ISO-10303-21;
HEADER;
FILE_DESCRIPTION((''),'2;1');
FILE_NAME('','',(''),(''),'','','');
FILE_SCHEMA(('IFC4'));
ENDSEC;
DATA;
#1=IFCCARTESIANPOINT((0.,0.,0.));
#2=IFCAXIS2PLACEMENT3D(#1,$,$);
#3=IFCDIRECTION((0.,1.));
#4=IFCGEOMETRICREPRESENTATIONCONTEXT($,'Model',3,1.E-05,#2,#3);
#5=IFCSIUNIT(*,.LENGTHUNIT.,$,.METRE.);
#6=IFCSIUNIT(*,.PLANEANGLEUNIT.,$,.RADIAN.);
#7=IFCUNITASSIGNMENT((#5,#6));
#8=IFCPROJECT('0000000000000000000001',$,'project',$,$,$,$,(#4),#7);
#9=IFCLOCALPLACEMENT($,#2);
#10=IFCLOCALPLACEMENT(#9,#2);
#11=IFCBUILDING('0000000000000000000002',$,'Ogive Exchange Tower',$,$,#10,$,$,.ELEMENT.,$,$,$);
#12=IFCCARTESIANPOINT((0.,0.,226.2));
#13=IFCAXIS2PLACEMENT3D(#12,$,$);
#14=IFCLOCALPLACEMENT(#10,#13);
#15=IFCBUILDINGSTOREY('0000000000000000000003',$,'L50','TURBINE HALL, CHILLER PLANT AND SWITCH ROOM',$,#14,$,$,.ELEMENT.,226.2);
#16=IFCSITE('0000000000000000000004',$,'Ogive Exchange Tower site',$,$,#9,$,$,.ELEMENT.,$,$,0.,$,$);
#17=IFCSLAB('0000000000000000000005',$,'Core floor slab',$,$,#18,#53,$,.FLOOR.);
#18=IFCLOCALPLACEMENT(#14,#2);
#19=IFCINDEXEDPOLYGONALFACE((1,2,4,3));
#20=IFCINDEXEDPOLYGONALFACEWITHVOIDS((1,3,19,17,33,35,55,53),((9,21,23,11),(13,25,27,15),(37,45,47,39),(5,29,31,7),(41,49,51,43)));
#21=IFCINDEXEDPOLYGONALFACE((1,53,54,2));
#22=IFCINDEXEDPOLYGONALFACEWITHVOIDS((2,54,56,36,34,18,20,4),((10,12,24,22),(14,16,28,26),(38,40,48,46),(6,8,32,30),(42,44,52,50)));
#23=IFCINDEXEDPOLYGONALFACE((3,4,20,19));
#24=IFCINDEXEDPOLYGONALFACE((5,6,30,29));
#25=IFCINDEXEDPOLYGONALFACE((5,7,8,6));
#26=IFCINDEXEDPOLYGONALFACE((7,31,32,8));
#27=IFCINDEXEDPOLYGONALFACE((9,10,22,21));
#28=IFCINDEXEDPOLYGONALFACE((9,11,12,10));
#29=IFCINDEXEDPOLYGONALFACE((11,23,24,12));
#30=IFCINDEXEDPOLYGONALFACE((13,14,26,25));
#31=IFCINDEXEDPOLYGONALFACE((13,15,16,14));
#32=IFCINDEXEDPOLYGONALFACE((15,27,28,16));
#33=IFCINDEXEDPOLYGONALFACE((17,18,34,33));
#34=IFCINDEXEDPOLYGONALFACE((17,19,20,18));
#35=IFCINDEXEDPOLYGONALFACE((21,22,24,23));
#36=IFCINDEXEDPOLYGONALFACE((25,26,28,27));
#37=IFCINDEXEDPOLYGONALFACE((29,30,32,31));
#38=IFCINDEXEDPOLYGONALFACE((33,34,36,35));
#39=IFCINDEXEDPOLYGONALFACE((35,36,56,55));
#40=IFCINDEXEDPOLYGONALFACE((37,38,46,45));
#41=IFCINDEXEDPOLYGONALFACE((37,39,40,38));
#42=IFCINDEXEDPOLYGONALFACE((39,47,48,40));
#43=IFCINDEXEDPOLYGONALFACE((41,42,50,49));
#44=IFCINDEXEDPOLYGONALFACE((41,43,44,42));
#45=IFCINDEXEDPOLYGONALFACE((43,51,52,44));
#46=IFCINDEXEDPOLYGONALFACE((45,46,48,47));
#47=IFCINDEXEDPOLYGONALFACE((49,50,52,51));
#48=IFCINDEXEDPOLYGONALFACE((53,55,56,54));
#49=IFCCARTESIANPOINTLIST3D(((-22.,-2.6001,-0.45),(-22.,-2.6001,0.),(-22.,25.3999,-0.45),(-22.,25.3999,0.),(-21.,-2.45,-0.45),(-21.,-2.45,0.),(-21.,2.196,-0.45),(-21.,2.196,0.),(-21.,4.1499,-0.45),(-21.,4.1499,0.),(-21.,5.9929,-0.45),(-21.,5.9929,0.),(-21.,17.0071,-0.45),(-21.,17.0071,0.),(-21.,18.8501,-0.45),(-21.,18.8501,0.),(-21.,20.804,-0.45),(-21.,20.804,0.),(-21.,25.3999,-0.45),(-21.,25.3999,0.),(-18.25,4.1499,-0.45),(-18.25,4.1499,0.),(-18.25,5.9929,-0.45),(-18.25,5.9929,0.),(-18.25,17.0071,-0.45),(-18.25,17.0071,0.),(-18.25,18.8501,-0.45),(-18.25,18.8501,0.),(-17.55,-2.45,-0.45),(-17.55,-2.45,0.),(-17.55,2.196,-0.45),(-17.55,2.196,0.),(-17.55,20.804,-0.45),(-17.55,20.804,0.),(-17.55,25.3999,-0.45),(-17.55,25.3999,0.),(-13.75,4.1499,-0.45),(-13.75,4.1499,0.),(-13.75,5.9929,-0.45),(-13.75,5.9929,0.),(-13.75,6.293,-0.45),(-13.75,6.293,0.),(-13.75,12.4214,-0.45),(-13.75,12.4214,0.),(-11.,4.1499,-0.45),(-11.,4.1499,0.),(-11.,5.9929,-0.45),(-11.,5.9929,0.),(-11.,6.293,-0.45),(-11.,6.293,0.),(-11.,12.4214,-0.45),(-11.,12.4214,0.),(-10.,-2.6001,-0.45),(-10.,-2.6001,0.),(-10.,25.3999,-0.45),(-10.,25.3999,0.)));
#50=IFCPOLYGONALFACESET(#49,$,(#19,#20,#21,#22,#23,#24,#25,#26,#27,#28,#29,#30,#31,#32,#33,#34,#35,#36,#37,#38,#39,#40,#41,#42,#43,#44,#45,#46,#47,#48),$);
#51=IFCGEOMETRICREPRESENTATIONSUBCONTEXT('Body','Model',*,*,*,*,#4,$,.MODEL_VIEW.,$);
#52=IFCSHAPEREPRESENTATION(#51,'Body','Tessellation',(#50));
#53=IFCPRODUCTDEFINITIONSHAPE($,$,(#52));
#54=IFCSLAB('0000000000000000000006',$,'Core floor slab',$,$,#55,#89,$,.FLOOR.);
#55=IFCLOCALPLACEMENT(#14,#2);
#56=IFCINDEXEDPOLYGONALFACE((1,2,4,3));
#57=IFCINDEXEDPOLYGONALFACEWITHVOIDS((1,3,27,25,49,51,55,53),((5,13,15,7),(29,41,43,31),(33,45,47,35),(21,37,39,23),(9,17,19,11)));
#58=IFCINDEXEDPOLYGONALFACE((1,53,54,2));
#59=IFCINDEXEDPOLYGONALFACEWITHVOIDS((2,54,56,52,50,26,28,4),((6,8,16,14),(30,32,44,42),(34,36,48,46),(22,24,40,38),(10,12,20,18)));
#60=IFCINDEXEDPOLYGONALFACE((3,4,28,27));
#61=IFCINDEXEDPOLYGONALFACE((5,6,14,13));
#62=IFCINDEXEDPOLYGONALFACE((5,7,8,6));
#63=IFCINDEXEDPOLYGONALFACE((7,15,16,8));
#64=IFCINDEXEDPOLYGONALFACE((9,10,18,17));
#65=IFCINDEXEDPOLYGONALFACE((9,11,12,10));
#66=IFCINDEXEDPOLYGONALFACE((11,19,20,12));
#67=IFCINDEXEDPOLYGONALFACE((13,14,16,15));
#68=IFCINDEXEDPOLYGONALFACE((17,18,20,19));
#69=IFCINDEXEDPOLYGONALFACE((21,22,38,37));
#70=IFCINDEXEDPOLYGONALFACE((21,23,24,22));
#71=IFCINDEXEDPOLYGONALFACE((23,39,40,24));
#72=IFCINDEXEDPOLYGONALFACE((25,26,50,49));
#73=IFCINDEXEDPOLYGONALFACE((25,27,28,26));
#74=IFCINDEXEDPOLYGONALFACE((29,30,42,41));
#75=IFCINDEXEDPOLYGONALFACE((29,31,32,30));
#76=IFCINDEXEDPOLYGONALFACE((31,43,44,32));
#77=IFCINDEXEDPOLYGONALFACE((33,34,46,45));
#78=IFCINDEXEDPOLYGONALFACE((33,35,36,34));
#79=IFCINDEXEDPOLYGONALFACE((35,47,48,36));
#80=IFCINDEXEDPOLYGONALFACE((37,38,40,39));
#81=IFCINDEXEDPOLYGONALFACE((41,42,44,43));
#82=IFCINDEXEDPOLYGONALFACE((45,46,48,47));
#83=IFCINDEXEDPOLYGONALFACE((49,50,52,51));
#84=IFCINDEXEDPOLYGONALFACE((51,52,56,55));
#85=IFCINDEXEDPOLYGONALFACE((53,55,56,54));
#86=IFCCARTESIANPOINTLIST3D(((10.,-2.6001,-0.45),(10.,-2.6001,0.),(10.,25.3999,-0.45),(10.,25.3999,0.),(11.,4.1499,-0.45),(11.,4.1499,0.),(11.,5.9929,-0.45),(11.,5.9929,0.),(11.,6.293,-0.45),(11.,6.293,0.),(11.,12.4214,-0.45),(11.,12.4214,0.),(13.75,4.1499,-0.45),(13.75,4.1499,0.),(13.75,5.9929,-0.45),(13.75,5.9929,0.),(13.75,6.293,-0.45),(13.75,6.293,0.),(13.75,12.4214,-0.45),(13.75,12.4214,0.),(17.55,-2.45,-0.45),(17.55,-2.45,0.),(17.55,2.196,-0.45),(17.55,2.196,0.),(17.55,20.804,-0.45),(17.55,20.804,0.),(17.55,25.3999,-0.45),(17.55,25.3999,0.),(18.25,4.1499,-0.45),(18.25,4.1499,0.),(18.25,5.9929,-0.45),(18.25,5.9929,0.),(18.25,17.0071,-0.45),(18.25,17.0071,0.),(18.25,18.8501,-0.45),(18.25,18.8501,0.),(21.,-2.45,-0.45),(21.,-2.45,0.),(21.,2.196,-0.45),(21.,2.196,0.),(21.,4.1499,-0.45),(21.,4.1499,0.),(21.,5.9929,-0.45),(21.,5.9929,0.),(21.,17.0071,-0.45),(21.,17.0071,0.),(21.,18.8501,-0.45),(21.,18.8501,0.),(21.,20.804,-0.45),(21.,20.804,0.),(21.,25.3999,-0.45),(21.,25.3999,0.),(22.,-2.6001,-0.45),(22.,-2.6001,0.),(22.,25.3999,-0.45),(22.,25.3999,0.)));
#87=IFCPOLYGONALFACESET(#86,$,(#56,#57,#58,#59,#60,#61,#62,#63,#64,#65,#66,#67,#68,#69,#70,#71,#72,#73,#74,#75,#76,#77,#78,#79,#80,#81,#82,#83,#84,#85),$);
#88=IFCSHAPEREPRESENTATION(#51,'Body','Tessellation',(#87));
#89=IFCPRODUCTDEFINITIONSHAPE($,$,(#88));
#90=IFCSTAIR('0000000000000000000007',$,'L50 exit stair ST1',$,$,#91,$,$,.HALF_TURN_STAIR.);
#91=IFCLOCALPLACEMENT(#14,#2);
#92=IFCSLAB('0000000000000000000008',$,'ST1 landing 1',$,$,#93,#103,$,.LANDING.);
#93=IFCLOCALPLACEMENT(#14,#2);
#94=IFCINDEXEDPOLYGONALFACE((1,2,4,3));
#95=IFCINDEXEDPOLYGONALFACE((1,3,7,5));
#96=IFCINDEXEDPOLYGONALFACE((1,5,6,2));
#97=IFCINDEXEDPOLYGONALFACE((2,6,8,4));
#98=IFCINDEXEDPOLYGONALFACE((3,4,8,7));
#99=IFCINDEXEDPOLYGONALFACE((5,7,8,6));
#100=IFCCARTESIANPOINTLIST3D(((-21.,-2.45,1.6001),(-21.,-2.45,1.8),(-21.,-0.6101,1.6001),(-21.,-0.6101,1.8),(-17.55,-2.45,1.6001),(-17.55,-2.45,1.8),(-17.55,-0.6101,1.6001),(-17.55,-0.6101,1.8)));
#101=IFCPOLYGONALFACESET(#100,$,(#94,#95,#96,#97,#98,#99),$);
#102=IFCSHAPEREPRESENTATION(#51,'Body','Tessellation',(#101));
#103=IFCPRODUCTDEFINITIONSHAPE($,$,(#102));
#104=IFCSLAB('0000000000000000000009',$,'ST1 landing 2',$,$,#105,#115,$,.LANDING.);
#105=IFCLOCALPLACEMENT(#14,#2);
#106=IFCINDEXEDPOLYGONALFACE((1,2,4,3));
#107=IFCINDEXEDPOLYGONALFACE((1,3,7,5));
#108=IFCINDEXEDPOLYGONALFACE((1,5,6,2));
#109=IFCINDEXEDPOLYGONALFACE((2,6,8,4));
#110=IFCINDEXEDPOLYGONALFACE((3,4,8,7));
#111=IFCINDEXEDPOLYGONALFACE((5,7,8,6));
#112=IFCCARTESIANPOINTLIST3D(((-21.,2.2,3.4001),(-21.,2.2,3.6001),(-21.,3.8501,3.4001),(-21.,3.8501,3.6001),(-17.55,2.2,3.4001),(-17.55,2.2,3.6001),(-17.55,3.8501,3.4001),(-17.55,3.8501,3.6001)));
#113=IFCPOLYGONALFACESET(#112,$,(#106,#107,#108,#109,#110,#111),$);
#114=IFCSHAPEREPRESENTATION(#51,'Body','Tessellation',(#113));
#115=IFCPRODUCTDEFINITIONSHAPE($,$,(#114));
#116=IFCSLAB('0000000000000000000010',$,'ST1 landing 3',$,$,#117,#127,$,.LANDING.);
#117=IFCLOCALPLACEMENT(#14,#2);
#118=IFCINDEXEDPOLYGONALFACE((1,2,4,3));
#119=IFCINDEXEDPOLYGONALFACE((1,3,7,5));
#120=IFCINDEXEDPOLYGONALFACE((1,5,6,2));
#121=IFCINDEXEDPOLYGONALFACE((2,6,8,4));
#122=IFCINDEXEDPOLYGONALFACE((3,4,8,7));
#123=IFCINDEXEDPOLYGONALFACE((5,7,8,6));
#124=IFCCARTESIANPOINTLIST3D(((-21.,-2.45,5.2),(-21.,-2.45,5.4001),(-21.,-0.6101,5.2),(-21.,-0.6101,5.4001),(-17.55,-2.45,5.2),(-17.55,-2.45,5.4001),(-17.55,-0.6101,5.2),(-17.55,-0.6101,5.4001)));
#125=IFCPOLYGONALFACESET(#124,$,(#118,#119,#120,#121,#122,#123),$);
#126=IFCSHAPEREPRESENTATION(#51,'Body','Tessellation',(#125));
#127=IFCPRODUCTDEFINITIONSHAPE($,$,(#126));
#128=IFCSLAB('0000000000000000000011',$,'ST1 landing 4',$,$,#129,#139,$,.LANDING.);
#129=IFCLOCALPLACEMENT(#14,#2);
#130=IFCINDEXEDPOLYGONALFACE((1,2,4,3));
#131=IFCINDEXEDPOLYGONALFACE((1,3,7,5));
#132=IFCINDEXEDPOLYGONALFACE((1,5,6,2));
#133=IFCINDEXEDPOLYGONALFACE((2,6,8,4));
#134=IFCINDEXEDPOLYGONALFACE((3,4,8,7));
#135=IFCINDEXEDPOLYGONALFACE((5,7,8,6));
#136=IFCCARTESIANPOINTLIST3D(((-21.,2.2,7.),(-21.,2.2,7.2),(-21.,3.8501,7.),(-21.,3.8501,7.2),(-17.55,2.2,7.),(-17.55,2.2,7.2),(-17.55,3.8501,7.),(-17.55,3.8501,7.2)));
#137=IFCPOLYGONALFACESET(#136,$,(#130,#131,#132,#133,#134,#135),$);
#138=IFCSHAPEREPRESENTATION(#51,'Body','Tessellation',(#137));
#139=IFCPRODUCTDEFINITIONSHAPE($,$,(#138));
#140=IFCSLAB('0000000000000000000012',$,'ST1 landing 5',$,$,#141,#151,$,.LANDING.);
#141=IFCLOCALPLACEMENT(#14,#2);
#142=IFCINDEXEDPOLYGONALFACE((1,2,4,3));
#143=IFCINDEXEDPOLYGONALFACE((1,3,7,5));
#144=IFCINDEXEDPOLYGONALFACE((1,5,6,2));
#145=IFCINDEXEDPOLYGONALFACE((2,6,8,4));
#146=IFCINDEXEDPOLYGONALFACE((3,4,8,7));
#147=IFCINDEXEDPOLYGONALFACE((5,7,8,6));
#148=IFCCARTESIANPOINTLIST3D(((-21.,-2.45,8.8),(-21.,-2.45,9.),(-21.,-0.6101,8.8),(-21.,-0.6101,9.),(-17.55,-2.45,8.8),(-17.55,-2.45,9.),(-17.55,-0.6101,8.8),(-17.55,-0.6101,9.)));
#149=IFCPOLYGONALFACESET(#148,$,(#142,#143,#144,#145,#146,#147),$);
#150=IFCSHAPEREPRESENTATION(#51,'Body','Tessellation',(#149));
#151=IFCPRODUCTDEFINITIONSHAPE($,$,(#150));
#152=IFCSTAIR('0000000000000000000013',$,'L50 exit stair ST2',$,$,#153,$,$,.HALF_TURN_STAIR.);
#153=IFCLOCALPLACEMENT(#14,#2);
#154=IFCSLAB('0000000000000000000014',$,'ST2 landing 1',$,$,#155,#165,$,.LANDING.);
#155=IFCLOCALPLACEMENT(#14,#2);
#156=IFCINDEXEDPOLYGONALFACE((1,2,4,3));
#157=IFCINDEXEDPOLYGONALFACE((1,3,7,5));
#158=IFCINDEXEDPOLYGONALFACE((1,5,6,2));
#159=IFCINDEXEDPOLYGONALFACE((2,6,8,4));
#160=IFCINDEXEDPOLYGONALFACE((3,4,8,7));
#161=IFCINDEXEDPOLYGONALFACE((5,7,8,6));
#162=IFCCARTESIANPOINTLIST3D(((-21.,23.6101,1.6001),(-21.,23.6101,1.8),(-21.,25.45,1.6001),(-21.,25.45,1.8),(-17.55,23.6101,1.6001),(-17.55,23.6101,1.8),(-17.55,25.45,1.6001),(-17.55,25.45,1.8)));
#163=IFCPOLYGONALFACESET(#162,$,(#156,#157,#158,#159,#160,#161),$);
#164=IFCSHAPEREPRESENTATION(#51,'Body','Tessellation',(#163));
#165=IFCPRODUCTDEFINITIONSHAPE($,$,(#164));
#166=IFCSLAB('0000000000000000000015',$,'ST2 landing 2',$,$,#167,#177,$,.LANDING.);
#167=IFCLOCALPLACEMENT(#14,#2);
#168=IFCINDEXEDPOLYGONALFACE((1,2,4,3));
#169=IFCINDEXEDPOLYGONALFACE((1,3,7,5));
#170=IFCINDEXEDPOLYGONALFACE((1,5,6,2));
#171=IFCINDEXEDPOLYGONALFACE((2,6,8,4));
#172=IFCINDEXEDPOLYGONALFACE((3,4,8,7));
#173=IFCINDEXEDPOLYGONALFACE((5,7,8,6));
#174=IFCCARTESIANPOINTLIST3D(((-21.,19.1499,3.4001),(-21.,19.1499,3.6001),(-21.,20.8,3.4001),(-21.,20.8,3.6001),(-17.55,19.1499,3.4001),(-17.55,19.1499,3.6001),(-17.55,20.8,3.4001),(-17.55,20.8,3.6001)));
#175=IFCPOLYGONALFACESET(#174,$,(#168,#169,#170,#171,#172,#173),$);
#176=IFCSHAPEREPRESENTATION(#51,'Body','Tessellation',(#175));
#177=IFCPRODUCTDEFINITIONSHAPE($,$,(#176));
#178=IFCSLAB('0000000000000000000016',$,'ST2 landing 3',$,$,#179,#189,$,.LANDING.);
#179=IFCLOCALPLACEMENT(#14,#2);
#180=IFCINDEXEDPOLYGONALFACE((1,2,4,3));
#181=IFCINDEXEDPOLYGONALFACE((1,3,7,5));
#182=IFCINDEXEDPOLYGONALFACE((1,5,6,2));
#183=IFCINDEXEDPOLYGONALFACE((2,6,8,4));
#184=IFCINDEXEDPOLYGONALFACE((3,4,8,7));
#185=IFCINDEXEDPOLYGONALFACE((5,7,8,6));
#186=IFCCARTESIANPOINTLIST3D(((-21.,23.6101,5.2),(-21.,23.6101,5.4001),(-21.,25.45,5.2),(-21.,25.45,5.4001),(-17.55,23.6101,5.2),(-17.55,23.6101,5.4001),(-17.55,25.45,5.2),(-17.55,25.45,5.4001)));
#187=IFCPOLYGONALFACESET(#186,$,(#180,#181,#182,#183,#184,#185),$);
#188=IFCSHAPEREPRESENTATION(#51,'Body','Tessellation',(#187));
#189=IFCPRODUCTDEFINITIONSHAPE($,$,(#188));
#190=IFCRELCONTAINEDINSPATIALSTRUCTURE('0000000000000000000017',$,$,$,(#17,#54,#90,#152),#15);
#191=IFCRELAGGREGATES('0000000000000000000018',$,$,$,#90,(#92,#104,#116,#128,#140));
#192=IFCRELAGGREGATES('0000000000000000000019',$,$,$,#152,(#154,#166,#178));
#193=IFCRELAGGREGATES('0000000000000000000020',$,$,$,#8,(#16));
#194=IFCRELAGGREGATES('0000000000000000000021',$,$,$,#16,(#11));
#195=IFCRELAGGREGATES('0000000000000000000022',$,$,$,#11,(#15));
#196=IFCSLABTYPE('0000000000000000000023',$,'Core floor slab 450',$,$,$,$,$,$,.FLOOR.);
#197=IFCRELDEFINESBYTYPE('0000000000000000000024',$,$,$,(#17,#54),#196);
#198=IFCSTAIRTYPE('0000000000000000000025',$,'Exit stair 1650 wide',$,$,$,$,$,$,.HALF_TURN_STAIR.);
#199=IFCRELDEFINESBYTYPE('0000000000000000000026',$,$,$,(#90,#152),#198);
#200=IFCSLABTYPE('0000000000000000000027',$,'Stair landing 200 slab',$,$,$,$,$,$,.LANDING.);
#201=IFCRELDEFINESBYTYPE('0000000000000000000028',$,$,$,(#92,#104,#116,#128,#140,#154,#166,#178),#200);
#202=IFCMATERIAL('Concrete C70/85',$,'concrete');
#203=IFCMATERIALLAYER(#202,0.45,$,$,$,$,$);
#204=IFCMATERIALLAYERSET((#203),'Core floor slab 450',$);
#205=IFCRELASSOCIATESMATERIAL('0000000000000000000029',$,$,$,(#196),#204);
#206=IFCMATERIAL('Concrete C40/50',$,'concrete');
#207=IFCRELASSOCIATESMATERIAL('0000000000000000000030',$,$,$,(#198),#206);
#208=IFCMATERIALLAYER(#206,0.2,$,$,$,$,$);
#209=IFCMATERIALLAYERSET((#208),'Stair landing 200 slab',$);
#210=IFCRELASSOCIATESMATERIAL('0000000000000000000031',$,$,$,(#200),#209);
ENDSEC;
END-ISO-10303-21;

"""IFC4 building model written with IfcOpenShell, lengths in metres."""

from ifc_helpers import new_model, si_unit, direction, frame, origin, place, context, subcontext, project, spatial, polyline, outline, extrude, material, layer, layer_set, type_object, element, aggregate, save


model = new_model("IFC4")

# Units and contexts
model_context = context("Model", 3, precision=1e-05, world=origin(), true_north=direction((0.0, 1.0)))
body_context = subcontext(model_context, "Body", "Model", "MODEL_VIEW")
ifc_project = project(units=[si_unit("LENGTHUNIT", "METRE"), si_unit("PLANEANGLEUNIT", "RADIAN")], contexts=[model_context])

# Site, building, storey
site_placement = place(None, origin())
site = spatial("IfcSite", under=ifc_project, at=site_placement, Name="Ogive Exchange Tower site", CompositionType="ELEMENT", RefElevation=0.0)
building_placement = place(site_placement, origin())
building = spatial("IfcBuilding", under=site, at=building_placement, Name="Ogive Exchange Tower", CompositionType="ELEMENT")
storey_placement = place(building_placement, frame((0.0, 0.0, 226.2)))
storey = spatial("IfcBuildingStorey", under=building, at=storey_placement, Name="L50", Description="TURBINE HALL, CHILLER PLANT AND SWITCH ROOM", CompositionType="ELEMENT", Elevation=226.2)

# Slabs
ifc_material_1 = material(Name="Concrete C70/85", Category="concrete")
ifc_layer_1 = layer(ifc_material_1, 0.45)
ifc_layer_set_1 = layer_set([ifc_layer_1], Name="Core floor slab 450")
slab_type_1 = type_object("IfcSlabType", Name="Core floor slab 450", PredefinedType="FLOOR", material=ifc_layer_set_1)
slab_1_placement = place(storey_placement, frame((0.0, 0.0, -0.45)))
element("IfcSlab", 1, at=slab_1_placement, inside=storey, type_object=slab_type_1, Name="Core floor slab", PredefinedType="FLOOR", context=body_context, shape_type="SweptSolid", body=[
    extrude(outline(polyline([(-10.0, 25.3999), (-10.0, -2.6001), (-22.0, -2.6001), (-22.0, 25.3999), (-21.0, 25.3999), (-21.0, 20.804), (-17.55, 20.804), (-17.55, 25.3999), (-10.0, 25.3999)]), holes=[polyline([(-17.55, 2.196), (-21.0, 2.196), (-21.0, -2.45), (-17.55, -2.45), (-17.55, 2.196)]), polyline([(-18.25, 5.9929), (-21.0, 5.9929), (-21.0, 4.1499), (-18.25, 4.1499), (-18.25, 5.9929)]), polyline([(-11.0, 5.9929), (-13.75, 5.9929), (-13.75, 4.1499), (-11.0, 4.1499), (-11.0, 5.9929)]), polyline([(-13.75, 12.4214), (-13.75, 6.293), (-11.0, 6.293), (-11.0, 12.4214), (-13.75, 12.4214)]), polyline([(-18.25, 18.8501), (-21.0, 18.8501), (-21.0, 17.0071), (-18.25, 17.0071), (-18.25, 18.8501)])]), origin(), (0.0, 0.0, 1.0), 0.45),
])
slab_2_placement = place(storey_placement, frame((0.0, 0.0, -0.45)))
element("IfcSlab", 2, at=slab_2_placement, inside=storey, type_object=slab_type_1, Name="Core floor slab", PredefinedType="FLOOR", context=body_context, shape_type="SweptSolid", body=[
    extrude(outline(polyline([(22.0, 25.3999), (22.0, -2.6001), (10.0, -2.6001), (10.0, 25.3999), (17.55, 25.3999), (17.55, 20.804), (21.0, 20.804), (21.0, 25.3999), (22.0, 25.3999)]), holes=[polyline([(21.0, 2.196), (17.55, 2.196), (17.55, -2.45), (21.0, -2.45), (21.0, 2.196)]), polyline([(13.75, 5.9929), (11.0, 5.9929), (11.0, 4.1499), (13.75, 4.1499), (13.75, 5.9929)]), polyline([(21.0, 5.9929), (18.25, 5.9929), (18.25, 4.1499), (21.0, 4.1499), (21.0, 5.9929)]), polyline([(11.0, 12.4214), (11.0, 6.293), (13.75, 6.293), (13.75, 12.4214), (11.0, 12.4214)]), polyline([(21.0, 18.8501), (18.25, 18.8501), (18.25, 17.0071), (21.0, 17.0071), (21.0, 18.8501)])]), origin(), (0.0, 0.0, 1.0), 0.45),
])

# Stairs, slabs
ifc_material_2 = material(Name="Concrete C40/50", Category="concrete")
stair_type = type_object("IfcStairType", Name="Exit stair 1650 wide", PredefinedType="HALF_TURN_STAIR", material=ifc_material_2)
stair_1_placement = place(storey_placement, origin())
stair_1 = element("IfcStair", 3, at=stair_1_placement, inside=storey, type_object=stair_type, Name="L50 exit stair ST1", PredefinedType="HALF_TURN_STAIR")
ifc_layer_2 = layer(ifc_material_2, 0.2)
ifc_layer_set_2 = layer_set([ifc_layer_2], Name="Stair landing 200 slab")
slab_type_2 = type_object("IfcSlabType", Name="Stair landing 200 slab", PredefinedType="LANDING", material=ifc_layer_set_2)
slab_3_placement = place(storey_placement, frame((0.0, 0.0, 1.6001)))
slab_3 = element("IfcSlab", 4, at=slab_3_placement, type_object=slab_type_2, Name="ST1 landing 1", PredefinedType="LANDING", context=body_context, shape_type="SweptSolid", body=[
    extrude(outline(polyline([(-21.0, -0.6101), (-21.0, -2.45), (-17.55, -2.45), (-17.55, -0.6101), (-21.0, -0.6101)])), origin(), (0.0, 0.0, 1.0), 0.2),
])
slab_4_placement = place(storey_placement, frame((0.0, 0.0, 3.4001)))
slab_4 = element("IfcSlab", 5, at=slab_4_placement, type_object=slab_type_2, Name="ST1 landing 2", PredefinedType="LANDING", context=body_context, shape_type="SweptSolid", body=[
    extrude(outline(polyline([(-21.0, 3.8501), (-21.0, 2.2), (-17.55, 2.2), (-17.55, 3.8501), (-21.0, 3.8501)])), origin(), (0.0, 0.0, 1.0), 0.2),
])
slab_5_placement = place(storey_placement, frame((0.0, 0.0, 5.2)))
slab_5 = element("IfcSlab", 6, at=slab_5_placement, type_object=slab_type_2, Name="ST1 landing 3", PredefinedType="LANDING", context=body_context, shape_type="SweptSolid", body=[
    extrude(outline(polyline([(-21.0, -0.6101), (-21.0, -2.45), (-17.55, -2.45), (-17.55, -0.6101), (-21.0, -0.6101)])), origin(), (0.0, 0.0, 1.0), 0.2002),
])
slab_6_placement = place(storey_placement, frame((0.0, 0.0, 7.0)))
slab_6 = element("IfcSlab", 7, at=slab_6_placement, type_object=slab_type_2, Name="ST1 landing 4", PredefinedType="LANDING", context=body_context, shape_type="SweptSolid", body=[
    extrude(outline(polyline([(-21.0, 3.8501), (-21.0, 2.2), (-17.55, 2.2), (-17.55, 3.8501), (-21.0, 3.8501)])), origin(), (0.0, 0.0, 1.0), 0.2),
])
slab_7_placement = place(storey_placement, frame((0.0, 0.0, 8.8)))
slab_7 = element("IfcSlab", 8, at=slab_7_placement, type_object=slab_type_2, Name="ST1 landing 5", PredefinedType="LANDING", context=body_context, shape_type="SweptSolid", body=[
    extrude(outline(polyline([(-21.0, -0.6101), (-21.0, -2.45), (-17.55, -2.45), (-17.55, -0.6101), (-21.0, -0.6101)])), origin(), (0.0, 0.0, 1.0), 0.2),
])
aggregate(stair_1, [slab_3, slab_4, slab_5, slab_6, slab_7])
stair_2_placement = place(storey_placement, origin())
stair_2 = element("IfcStair", 9, at=stair_2_placement, inside=storey, type_object=stair_type, Name="L50 exit stair ST2", PredefinedType="HALF_TURN_STAIR")
slab_8_placement = place(storey_placement, frame((0.0, 0.0, 1.6001)))
slab_8 = element("IfcSlab", 10, at=slab_8_placement, type_object=slab_type_2, Name="ST2 landing 1", PredefinedType="LANDING", context=body_context, shape_type="SweptSolid", body=[
    extrude(outline(polyline([(-17.55, 23.6101), (-17.55, 25.45), (-21.0, 25.45), (-21.0, 23.6101), (-17.55, 23.6101)])), origin(), (0.0, 0.0, 1.0), 0.2),
])
slab_9_placement = place(storey_placement, frame((0.0, 0.0, 3.4001)))
slab_9 = element("IfcSlab", 11, at=slab_9_placement, type_object=slab_type_2, Name="ST2 landing 2", PredefinedType="LANDING", context=body_context, shape_type="SweptSolid", body=[
    extrude(outline(polyline([(-17.55, 19.1499), (-17.55, 20.8), (-21.0, 20.8), (-21.0, 19.1499), (-17.55, 19.1499)])), origin(), (0.0, 0.0, 1.0), 0.2),
])
slab_10_placement = place(storey_placement, frame((0.0, 0.0, 5.2)))
slab_10 = element("IfcSlab", 12, at=slab_10_placement, type_object=slab_type_2, Name="ST2 landing 3", PredefinedType="LANDING", context=body_context, shape_type="SweptSolid", body=[
    extrude(outline(polyline([(-17.55, 23.6101), (-17.55, 25.45), (-21.0, 25.45), (-21.0, 23.6101), (-17.55, 23.6101)])), origin(), (0.0, 0.0, 1.0), 0.2002),
])
aggregate(stair_2, [slab_8, slab_9, slab_10])

save(model, "model.ifc")
